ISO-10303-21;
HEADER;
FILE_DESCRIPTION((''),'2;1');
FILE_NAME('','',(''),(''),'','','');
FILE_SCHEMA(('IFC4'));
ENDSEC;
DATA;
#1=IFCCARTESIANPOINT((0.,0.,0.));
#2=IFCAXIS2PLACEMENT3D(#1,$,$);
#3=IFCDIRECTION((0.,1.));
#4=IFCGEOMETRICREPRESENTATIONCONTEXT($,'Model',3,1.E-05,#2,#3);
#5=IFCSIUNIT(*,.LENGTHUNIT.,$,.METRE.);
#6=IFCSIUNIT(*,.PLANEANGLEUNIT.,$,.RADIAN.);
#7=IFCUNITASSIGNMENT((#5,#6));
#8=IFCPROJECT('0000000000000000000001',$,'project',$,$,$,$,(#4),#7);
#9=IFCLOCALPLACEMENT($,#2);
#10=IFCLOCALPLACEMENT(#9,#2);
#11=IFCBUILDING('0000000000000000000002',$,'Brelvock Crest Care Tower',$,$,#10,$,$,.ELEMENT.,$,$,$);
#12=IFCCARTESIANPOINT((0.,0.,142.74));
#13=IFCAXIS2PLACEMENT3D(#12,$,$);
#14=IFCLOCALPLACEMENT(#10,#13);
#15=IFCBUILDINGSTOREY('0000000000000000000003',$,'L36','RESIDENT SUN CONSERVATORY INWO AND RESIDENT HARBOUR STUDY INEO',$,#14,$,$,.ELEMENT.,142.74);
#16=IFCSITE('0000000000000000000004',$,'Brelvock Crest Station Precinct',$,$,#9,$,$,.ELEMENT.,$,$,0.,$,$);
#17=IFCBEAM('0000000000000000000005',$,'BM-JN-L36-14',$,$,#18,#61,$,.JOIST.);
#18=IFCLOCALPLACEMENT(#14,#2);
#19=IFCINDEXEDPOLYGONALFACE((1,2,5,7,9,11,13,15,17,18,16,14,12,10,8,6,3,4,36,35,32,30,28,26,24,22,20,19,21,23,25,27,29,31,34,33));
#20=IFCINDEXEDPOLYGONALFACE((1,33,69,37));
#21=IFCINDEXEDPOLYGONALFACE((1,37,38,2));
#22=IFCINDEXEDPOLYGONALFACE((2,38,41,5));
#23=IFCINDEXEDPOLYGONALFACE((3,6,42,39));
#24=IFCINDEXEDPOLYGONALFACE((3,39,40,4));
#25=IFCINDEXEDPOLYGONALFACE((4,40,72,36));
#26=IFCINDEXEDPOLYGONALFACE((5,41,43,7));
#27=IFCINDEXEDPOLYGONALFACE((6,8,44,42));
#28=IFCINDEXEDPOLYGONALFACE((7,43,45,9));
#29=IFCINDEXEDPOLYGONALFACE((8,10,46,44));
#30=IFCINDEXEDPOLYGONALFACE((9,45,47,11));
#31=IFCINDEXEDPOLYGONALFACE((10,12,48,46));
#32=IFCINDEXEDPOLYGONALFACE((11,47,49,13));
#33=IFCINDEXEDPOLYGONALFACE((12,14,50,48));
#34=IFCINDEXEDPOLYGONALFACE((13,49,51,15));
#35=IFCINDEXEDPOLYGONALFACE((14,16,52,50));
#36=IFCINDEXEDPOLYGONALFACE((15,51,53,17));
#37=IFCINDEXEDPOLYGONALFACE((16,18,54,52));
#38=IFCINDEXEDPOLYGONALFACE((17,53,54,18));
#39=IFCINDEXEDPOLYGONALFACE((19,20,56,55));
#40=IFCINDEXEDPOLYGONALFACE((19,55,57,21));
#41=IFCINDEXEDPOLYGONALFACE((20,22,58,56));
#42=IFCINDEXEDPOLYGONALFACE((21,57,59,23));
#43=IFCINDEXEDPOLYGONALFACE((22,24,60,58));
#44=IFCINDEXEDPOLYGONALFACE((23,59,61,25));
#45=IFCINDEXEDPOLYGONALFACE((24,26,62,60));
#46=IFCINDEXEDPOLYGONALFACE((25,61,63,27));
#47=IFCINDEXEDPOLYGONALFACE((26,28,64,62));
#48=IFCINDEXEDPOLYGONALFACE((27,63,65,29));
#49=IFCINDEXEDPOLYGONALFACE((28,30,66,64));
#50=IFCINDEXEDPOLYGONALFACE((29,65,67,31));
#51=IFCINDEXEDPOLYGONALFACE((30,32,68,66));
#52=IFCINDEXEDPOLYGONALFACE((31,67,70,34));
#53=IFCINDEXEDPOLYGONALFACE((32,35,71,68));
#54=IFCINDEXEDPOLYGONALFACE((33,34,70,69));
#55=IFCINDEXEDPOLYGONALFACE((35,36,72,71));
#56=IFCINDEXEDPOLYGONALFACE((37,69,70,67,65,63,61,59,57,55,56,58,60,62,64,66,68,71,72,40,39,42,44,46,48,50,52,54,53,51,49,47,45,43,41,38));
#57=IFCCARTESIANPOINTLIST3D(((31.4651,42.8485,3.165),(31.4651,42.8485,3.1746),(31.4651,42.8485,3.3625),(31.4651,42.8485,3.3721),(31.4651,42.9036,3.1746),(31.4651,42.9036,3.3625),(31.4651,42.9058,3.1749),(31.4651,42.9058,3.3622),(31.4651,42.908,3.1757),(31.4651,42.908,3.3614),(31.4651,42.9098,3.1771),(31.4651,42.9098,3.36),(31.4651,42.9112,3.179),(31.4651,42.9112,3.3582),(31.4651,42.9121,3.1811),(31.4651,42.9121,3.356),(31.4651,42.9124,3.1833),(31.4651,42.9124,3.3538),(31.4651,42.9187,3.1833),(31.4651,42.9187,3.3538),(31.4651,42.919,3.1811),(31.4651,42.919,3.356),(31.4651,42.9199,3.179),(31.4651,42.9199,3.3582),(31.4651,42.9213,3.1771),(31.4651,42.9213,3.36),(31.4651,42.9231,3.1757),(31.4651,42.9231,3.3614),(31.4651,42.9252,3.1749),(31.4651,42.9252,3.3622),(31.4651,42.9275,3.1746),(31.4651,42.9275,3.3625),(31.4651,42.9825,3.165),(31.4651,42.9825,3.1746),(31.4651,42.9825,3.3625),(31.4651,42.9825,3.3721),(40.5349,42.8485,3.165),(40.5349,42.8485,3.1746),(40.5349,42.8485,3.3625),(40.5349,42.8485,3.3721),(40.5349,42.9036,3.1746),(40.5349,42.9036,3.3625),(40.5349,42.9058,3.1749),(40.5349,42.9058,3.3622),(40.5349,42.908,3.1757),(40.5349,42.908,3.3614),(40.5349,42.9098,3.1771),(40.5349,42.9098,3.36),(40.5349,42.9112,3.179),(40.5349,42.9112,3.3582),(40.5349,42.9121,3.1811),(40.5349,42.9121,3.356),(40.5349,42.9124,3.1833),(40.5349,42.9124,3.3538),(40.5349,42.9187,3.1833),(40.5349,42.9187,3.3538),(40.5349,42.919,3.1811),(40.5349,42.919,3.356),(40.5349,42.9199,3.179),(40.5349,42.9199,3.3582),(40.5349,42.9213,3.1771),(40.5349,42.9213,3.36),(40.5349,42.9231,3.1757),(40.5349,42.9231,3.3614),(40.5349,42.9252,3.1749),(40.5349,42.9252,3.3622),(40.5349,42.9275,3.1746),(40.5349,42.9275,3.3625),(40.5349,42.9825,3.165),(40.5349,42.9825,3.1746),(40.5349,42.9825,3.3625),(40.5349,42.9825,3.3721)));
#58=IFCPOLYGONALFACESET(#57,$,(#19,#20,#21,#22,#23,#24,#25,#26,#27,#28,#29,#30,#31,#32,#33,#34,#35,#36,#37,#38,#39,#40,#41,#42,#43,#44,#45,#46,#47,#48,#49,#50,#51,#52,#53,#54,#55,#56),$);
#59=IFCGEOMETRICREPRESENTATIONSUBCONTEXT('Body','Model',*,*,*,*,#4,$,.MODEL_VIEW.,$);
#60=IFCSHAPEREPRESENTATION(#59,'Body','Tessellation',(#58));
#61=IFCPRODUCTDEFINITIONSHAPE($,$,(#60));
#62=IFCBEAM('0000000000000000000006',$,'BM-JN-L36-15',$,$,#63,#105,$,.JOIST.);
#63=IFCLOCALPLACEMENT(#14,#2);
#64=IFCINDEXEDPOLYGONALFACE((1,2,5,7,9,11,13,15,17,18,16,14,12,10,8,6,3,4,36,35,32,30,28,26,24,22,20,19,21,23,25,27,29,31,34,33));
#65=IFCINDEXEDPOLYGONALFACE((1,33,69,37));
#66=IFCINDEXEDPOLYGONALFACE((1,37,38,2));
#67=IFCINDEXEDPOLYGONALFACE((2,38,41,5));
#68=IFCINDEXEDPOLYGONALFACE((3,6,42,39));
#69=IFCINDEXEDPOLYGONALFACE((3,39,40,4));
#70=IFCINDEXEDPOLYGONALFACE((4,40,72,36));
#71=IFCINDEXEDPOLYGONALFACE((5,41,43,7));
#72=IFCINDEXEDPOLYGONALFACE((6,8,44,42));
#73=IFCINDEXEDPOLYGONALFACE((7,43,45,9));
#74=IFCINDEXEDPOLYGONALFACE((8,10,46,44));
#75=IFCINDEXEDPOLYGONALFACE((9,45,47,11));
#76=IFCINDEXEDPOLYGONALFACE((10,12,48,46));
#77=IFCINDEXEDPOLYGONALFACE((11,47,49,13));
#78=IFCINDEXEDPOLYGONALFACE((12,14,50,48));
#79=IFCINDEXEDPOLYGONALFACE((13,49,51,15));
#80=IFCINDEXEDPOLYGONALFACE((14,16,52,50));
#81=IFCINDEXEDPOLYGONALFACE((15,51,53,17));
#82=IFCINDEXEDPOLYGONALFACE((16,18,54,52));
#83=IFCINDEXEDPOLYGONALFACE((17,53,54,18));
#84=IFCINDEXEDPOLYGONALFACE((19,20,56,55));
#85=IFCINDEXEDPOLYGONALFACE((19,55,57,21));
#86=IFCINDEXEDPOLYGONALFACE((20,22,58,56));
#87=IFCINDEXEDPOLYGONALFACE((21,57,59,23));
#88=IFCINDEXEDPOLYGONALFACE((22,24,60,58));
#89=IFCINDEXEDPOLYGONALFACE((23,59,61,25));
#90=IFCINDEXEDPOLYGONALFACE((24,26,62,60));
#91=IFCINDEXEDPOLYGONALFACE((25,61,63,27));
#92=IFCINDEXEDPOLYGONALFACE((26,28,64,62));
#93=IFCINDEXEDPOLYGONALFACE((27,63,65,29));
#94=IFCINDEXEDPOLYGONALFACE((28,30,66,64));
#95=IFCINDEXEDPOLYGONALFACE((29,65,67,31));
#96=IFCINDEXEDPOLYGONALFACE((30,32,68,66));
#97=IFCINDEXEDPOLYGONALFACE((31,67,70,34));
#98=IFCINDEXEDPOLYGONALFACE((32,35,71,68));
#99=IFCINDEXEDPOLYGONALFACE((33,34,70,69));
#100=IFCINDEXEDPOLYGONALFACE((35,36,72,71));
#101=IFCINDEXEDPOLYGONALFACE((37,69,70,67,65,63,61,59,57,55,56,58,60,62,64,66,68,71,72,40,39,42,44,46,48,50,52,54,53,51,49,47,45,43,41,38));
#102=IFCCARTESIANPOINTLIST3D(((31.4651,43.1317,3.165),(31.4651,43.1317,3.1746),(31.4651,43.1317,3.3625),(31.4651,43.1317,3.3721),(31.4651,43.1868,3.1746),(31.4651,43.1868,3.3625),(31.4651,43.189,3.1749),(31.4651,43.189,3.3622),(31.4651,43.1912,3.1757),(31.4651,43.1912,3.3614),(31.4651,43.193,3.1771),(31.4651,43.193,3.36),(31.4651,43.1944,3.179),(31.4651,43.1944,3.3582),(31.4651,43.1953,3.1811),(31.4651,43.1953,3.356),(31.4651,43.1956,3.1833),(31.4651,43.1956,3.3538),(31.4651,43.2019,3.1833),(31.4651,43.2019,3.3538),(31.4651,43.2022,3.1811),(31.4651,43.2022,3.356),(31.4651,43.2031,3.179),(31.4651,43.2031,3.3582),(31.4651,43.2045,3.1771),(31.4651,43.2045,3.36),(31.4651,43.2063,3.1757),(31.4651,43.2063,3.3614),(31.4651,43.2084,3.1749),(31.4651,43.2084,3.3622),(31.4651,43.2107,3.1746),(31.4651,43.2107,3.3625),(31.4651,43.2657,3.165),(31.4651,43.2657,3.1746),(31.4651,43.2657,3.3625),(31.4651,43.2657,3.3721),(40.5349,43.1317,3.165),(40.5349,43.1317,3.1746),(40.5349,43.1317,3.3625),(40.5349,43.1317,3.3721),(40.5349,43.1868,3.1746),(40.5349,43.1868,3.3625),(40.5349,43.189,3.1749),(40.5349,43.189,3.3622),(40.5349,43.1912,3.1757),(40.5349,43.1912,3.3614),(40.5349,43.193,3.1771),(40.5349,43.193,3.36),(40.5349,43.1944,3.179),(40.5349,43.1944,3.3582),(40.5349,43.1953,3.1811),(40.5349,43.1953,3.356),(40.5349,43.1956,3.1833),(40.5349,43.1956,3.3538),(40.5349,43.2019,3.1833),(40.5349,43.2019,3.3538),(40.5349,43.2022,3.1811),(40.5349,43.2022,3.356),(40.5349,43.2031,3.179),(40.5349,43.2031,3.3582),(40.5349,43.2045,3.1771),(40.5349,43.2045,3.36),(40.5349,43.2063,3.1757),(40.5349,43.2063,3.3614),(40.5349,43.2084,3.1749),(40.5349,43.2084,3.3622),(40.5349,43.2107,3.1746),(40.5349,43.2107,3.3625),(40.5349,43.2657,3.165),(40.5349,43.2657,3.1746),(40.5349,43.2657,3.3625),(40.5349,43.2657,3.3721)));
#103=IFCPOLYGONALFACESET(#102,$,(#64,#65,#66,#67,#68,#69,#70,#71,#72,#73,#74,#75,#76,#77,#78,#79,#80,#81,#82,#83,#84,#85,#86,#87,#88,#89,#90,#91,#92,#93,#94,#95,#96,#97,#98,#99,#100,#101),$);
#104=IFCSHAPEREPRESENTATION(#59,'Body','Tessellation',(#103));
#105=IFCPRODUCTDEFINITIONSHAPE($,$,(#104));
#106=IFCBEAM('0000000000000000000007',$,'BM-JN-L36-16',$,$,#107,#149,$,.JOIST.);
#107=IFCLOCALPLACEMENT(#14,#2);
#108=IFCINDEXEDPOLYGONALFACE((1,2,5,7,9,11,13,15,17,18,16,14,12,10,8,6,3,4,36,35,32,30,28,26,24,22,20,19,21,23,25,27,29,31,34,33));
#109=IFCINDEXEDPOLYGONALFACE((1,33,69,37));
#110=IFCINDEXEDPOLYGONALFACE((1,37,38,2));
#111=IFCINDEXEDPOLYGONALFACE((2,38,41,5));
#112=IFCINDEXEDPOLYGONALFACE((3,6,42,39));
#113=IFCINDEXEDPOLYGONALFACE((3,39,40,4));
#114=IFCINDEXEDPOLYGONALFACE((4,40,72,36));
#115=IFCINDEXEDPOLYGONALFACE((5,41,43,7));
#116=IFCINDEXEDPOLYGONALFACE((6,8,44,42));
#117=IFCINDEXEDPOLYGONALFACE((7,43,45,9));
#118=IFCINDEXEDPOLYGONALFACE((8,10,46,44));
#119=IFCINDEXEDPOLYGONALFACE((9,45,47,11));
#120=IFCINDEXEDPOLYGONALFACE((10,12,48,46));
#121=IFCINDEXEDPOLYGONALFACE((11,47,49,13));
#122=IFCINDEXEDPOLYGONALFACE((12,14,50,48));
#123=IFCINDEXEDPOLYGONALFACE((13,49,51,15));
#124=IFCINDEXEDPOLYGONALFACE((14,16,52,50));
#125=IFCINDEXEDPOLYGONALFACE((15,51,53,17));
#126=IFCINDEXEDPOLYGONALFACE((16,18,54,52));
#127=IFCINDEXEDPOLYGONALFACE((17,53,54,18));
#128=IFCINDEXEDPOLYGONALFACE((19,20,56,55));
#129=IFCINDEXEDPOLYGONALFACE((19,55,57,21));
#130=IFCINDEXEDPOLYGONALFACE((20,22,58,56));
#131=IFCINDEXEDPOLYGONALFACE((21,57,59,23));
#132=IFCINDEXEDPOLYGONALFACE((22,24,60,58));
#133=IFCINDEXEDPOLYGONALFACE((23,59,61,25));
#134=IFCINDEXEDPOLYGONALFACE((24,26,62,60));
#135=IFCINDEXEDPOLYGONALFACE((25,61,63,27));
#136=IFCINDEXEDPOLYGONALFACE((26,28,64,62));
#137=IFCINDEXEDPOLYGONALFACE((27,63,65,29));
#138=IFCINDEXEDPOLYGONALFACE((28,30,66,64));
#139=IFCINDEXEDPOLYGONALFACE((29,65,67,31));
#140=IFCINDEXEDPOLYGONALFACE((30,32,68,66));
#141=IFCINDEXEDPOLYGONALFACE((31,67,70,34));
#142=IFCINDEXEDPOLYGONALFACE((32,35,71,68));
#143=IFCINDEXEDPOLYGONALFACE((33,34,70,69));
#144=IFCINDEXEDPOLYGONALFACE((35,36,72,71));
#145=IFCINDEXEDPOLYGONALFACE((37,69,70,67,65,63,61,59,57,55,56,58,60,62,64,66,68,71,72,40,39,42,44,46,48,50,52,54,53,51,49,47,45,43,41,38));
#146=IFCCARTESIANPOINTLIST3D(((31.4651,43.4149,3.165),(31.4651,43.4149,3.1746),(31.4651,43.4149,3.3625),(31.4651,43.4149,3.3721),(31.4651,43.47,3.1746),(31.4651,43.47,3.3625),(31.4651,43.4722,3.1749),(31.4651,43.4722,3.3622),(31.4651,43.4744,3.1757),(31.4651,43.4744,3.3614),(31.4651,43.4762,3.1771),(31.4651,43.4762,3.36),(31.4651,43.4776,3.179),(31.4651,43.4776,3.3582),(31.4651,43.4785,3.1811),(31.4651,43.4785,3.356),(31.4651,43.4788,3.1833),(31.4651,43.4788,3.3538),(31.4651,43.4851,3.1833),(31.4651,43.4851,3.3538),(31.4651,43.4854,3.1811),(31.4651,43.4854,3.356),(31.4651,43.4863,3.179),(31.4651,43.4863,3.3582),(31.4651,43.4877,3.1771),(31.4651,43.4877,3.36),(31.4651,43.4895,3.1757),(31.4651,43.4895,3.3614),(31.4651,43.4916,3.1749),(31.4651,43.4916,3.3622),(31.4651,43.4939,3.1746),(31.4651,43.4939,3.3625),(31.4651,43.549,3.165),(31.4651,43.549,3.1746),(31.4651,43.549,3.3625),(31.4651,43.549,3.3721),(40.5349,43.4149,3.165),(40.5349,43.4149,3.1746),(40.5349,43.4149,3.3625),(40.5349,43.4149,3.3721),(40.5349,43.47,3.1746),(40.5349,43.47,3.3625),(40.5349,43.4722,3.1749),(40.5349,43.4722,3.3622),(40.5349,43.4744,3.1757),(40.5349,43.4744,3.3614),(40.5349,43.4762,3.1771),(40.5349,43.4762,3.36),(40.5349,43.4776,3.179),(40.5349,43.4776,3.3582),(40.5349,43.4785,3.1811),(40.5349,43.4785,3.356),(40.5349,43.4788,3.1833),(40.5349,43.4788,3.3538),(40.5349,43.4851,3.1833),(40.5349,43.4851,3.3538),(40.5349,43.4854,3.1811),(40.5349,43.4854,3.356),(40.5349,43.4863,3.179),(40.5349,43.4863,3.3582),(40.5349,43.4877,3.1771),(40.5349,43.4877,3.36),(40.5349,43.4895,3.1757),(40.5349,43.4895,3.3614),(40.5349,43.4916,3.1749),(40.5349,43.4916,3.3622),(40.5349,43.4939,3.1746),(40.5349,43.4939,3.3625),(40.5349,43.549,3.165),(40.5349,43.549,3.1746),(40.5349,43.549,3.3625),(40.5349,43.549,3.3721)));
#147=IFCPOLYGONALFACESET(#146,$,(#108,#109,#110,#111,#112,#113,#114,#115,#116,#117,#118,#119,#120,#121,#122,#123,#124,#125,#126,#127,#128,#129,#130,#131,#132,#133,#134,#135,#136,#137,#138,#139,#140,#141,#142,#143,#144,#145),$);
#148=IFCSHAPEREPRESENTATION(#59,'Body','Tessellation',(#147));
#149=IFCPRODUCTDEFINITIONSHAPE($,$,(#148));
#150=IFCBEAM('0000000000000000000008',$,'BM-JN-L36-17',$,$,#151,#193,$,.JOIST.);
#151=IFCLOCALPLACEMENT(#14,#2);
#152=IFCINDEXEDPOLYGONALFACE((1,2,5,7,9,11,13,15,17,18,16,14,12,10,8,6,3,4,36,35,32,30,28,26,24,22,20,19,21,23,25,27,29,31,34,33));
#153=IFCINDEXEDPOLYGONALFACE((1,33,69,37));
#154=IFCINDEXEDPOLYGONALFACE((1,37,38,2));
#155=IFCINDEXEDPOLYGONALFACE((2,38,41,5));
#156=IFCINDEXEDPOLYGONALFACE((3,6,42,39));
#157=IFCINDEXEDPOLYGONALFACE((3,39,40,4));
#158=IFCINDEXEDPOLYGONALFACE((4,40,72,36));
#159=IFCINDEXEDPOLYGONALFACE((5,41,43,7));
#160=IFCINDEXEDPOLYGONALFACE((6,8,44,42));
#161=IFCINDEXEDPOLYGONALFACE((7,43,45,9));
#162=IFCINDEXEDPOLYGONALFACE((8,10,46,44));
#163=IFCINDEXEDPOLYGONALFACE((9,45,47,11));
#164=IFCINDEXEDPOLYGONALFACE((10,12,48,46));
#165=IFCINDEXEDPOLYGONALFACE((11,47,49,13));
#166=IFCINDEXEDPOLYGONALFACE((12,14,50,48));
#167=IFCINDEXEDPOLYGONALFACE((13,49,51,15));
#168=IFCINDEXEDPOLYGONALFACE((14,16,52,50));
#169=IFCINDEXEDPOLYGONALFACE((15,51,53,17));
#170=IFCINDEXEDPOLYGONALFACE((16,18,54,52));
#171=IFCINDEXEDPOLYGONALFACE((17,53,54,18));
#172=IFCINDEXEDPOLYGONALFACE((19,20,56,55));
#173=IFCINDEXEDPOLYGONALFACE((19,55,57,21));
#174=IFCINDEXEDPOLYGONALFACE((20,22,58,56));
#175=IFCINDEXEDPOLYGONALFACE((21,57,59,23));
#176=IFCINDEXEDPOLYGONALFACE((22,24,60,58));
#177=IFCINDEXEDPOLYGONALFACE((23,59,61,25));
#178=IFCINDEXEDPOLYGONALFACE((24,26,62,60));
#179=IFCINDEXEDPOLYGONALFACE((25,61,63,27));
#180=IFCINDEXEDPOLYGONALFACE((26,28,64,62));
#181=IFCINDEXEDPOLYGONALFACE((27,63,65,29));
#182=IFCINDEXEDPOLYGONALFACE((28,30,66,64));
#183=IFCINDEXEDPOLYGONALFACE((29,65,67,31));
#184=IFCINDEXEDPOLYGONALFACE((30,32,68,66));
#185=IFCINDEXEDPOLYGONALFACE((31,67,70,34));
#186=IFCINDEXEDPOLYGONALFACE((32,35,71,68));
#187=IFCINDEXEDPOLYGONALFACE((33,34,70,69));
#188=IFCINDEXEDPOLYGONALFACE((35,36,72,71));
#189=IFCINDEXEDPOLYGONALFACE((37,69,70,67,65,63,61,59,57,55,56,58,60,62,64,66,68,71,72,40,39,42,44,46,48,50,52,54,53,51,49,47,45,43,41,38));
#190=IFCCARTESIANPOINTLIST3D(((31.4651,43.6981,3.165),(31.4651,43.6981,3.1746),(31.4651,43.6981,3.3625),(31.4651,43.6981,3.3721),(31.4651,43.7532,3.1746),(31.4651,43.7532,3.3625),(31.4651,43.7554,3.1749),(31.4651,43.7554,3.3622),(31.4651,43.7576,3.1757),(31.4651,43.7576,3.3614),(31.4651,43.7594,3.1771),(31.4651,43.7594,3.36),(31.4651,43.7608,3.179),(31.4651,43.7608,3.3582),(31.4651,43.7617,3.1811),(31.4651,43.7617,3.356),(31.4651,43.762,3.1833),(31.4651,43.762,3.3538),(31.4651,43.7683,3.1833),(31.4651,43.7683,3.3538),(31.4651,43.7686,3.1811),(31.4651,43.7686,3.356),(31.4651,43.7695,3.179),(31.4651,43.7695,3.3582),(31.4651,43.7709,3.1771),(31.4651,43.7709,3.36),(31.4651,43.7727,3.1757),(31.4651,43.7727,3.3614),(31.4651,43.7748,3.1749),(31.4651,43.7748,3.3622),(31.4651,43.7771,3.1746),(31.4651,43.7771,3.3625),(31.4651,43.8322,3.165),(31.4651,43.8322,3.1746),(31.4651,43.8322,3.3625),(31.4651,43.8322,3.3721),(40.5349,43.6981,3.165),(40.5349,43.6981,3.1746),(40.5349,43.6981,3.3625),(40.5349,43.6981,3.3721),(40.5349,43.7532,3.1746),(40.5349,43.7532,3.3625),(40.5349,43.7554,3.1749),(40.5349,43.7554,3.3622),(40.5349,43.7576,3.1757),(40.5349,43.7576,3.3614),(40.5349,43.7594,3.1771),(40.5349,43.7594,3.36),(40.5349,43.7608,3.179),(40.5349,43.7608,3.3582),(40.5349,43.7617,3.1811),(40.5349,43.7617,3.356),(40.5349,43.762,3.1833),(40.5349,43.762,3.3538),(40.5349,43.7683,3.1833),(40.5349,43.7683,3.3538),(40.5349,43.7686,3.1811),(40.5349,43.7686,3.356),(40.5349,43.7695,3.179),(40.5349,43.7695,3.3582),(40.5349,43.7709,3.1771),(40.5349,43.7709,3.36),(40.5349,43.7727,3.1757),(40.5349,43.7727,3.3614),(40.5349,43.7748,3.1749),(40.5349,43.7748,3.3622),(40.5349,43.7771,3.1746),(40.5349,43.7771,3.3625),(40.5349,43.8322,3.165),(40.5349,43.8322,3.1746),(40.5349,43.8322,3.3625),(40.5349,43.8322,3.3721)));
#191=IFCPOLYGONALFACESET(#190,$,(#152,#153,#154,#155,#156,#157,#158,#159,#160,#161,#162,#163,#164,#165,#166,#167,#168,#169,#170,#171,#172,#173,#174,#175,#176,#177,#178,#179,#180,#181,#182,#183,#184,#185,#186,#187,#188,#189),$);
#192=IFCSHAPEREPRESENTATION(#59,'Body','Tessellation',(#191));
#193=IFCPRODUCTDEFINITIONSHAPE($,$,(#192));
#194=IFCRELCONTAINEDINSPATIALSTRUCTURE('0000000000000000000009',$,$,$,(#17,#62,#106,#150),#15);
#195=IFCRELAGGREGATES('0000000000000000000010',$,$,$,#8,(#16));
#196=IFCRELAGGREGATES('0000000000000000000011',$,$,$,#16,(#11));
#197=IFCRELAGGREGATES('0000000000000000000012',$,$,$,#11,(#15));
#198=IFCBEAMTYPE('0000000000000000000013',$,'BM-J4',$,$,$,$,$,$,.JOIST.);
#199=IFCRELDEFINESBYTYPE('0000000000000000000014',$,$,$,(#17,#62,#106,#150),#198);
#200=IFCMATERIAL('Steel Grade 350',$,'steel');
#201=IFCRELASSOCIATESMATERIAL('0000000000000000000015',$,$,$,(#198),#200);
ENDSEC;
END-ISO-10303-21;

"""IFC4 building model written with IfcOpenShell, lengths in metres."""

from ifc_helpers import new_model, si_unit, direction, frame, origin, origin_2d, place, context, subcontext, project, spatial, i_section, extrude, source, transform, mapped, material, material_profile, profile_set, type_object, element, save


model = new_model("IFC4")

# Units and contexts
model_context = context("Model", 3, precision=1e-05, world=origin(), true_north=direction((0.0, 1.0)))
body_context = subcontext(model_context, "Body", "Model", "MODEL_VIEW")
ifc_project = project(units=[si_unit("LENGTHUNIT", "METRE"), si_unit("PLANEANGLEUNIT", "RADIAN")], contexts=[model_context])

# Site, building, storey
site_placement = place(None, origin())
site = spatial("IfcSite", under=ifc_project, at=site_placement, Name="Brelvock Crest Station Precinct", CompositionType="ELEMENT", RefElevation=0.0)
building_placement = place(site_placement, origin())
building = spatial("IfcBuilding", under=site, at=building_placement, Name="Brelvock Crest Care Tower", CompositionType="ELEMENT")
storey_placement = place(building_placement, frame((0.0, 0.0, 142.74)))
storey = spatial("IfcBuildingStorey", under=building, at=storey_placement, Name="L36", Description="RESIDENT SUN CONSERVATORY INWO AND RESIDENT HARBOUR STUDY INEO", CompositionType="ELEMENT", Elevation=142.74)

# Shared definitions
ifc_material_1 = material(Name="Steel Grade 350", Category="steel")

# Beams
ifc_material_profile_1 = material_profile(ifc_material_1, i_section(OverallWidth=0.134, OverallDepth=0.207, WebThickness=0.0063, FlangeThickness=0.0095, FilletRadius=0.0088, at=origin_2d()), Name="200UB29.8")
ifc_profile_set_1 = profile_set([ifc_material_profile_1], Name="Steel Grade 350")
beam_type_1 = type_object("IfcBeamType", Name="BM-J4", PredefinedType="JOIST", material=ifc_profile_set_1)
shared_shape_1 = source(origin(), body_context, "Body", "SweptSolid", [
    extrude(i_section(OverallWidth=0.134, OverallDepth=0.207, WebThickness=0.0063, FlangeThickness=0.0095, FilletRadius=0.0088, at=origin_2d()), origin(), (0.0, 0.0, 1.0), 9.0698),
])
for number, where, z_axis, x_axis, name in (
    (1, (31.4651, 42.9155, 3.2686), (1.0, 0.0, 0.0), (0.0, 1.0, 0.0), "BM-JN-L36-14"),
    (2, (31.4651, 43.1987, 3.2686), (1.0, 0.0, 0.0), (0.0, 1.0, 0.0), "BM-JN-L36-15"),
    (3, (31.4651, 43.4819, 3.2686), (1.0, 0.0, 0.0), (0.0, 1.0, 0.0), "BM-JN-L36-16"),
    (4, (31.4651, 43.7651, 3.2686), (1.0, 0.0, 0.0), (0.0, 1.0, 0.0), "BM-JN-L36-17"),
):
    element("IfcBeam", number, at=place(storey_placement, frame(where, z_axis=z_axis, x_axis=x_axis)), inside=storey, type_object=beam_type_1, Name=name, PredefinedType="JOIST", context=body_context, shape_type="MappedRepresentation", body=[
        mapped(shared_shape_1, transform((0.0, 0.0, 0.0), x_axis=(1.0, 0.0, 0.0), y_axis=(0.0, 1.0, 0.0), z_axis=(0.0, 0.0, 1.0), scale=1.0)),
    ])

save(model, "model.ifc")
